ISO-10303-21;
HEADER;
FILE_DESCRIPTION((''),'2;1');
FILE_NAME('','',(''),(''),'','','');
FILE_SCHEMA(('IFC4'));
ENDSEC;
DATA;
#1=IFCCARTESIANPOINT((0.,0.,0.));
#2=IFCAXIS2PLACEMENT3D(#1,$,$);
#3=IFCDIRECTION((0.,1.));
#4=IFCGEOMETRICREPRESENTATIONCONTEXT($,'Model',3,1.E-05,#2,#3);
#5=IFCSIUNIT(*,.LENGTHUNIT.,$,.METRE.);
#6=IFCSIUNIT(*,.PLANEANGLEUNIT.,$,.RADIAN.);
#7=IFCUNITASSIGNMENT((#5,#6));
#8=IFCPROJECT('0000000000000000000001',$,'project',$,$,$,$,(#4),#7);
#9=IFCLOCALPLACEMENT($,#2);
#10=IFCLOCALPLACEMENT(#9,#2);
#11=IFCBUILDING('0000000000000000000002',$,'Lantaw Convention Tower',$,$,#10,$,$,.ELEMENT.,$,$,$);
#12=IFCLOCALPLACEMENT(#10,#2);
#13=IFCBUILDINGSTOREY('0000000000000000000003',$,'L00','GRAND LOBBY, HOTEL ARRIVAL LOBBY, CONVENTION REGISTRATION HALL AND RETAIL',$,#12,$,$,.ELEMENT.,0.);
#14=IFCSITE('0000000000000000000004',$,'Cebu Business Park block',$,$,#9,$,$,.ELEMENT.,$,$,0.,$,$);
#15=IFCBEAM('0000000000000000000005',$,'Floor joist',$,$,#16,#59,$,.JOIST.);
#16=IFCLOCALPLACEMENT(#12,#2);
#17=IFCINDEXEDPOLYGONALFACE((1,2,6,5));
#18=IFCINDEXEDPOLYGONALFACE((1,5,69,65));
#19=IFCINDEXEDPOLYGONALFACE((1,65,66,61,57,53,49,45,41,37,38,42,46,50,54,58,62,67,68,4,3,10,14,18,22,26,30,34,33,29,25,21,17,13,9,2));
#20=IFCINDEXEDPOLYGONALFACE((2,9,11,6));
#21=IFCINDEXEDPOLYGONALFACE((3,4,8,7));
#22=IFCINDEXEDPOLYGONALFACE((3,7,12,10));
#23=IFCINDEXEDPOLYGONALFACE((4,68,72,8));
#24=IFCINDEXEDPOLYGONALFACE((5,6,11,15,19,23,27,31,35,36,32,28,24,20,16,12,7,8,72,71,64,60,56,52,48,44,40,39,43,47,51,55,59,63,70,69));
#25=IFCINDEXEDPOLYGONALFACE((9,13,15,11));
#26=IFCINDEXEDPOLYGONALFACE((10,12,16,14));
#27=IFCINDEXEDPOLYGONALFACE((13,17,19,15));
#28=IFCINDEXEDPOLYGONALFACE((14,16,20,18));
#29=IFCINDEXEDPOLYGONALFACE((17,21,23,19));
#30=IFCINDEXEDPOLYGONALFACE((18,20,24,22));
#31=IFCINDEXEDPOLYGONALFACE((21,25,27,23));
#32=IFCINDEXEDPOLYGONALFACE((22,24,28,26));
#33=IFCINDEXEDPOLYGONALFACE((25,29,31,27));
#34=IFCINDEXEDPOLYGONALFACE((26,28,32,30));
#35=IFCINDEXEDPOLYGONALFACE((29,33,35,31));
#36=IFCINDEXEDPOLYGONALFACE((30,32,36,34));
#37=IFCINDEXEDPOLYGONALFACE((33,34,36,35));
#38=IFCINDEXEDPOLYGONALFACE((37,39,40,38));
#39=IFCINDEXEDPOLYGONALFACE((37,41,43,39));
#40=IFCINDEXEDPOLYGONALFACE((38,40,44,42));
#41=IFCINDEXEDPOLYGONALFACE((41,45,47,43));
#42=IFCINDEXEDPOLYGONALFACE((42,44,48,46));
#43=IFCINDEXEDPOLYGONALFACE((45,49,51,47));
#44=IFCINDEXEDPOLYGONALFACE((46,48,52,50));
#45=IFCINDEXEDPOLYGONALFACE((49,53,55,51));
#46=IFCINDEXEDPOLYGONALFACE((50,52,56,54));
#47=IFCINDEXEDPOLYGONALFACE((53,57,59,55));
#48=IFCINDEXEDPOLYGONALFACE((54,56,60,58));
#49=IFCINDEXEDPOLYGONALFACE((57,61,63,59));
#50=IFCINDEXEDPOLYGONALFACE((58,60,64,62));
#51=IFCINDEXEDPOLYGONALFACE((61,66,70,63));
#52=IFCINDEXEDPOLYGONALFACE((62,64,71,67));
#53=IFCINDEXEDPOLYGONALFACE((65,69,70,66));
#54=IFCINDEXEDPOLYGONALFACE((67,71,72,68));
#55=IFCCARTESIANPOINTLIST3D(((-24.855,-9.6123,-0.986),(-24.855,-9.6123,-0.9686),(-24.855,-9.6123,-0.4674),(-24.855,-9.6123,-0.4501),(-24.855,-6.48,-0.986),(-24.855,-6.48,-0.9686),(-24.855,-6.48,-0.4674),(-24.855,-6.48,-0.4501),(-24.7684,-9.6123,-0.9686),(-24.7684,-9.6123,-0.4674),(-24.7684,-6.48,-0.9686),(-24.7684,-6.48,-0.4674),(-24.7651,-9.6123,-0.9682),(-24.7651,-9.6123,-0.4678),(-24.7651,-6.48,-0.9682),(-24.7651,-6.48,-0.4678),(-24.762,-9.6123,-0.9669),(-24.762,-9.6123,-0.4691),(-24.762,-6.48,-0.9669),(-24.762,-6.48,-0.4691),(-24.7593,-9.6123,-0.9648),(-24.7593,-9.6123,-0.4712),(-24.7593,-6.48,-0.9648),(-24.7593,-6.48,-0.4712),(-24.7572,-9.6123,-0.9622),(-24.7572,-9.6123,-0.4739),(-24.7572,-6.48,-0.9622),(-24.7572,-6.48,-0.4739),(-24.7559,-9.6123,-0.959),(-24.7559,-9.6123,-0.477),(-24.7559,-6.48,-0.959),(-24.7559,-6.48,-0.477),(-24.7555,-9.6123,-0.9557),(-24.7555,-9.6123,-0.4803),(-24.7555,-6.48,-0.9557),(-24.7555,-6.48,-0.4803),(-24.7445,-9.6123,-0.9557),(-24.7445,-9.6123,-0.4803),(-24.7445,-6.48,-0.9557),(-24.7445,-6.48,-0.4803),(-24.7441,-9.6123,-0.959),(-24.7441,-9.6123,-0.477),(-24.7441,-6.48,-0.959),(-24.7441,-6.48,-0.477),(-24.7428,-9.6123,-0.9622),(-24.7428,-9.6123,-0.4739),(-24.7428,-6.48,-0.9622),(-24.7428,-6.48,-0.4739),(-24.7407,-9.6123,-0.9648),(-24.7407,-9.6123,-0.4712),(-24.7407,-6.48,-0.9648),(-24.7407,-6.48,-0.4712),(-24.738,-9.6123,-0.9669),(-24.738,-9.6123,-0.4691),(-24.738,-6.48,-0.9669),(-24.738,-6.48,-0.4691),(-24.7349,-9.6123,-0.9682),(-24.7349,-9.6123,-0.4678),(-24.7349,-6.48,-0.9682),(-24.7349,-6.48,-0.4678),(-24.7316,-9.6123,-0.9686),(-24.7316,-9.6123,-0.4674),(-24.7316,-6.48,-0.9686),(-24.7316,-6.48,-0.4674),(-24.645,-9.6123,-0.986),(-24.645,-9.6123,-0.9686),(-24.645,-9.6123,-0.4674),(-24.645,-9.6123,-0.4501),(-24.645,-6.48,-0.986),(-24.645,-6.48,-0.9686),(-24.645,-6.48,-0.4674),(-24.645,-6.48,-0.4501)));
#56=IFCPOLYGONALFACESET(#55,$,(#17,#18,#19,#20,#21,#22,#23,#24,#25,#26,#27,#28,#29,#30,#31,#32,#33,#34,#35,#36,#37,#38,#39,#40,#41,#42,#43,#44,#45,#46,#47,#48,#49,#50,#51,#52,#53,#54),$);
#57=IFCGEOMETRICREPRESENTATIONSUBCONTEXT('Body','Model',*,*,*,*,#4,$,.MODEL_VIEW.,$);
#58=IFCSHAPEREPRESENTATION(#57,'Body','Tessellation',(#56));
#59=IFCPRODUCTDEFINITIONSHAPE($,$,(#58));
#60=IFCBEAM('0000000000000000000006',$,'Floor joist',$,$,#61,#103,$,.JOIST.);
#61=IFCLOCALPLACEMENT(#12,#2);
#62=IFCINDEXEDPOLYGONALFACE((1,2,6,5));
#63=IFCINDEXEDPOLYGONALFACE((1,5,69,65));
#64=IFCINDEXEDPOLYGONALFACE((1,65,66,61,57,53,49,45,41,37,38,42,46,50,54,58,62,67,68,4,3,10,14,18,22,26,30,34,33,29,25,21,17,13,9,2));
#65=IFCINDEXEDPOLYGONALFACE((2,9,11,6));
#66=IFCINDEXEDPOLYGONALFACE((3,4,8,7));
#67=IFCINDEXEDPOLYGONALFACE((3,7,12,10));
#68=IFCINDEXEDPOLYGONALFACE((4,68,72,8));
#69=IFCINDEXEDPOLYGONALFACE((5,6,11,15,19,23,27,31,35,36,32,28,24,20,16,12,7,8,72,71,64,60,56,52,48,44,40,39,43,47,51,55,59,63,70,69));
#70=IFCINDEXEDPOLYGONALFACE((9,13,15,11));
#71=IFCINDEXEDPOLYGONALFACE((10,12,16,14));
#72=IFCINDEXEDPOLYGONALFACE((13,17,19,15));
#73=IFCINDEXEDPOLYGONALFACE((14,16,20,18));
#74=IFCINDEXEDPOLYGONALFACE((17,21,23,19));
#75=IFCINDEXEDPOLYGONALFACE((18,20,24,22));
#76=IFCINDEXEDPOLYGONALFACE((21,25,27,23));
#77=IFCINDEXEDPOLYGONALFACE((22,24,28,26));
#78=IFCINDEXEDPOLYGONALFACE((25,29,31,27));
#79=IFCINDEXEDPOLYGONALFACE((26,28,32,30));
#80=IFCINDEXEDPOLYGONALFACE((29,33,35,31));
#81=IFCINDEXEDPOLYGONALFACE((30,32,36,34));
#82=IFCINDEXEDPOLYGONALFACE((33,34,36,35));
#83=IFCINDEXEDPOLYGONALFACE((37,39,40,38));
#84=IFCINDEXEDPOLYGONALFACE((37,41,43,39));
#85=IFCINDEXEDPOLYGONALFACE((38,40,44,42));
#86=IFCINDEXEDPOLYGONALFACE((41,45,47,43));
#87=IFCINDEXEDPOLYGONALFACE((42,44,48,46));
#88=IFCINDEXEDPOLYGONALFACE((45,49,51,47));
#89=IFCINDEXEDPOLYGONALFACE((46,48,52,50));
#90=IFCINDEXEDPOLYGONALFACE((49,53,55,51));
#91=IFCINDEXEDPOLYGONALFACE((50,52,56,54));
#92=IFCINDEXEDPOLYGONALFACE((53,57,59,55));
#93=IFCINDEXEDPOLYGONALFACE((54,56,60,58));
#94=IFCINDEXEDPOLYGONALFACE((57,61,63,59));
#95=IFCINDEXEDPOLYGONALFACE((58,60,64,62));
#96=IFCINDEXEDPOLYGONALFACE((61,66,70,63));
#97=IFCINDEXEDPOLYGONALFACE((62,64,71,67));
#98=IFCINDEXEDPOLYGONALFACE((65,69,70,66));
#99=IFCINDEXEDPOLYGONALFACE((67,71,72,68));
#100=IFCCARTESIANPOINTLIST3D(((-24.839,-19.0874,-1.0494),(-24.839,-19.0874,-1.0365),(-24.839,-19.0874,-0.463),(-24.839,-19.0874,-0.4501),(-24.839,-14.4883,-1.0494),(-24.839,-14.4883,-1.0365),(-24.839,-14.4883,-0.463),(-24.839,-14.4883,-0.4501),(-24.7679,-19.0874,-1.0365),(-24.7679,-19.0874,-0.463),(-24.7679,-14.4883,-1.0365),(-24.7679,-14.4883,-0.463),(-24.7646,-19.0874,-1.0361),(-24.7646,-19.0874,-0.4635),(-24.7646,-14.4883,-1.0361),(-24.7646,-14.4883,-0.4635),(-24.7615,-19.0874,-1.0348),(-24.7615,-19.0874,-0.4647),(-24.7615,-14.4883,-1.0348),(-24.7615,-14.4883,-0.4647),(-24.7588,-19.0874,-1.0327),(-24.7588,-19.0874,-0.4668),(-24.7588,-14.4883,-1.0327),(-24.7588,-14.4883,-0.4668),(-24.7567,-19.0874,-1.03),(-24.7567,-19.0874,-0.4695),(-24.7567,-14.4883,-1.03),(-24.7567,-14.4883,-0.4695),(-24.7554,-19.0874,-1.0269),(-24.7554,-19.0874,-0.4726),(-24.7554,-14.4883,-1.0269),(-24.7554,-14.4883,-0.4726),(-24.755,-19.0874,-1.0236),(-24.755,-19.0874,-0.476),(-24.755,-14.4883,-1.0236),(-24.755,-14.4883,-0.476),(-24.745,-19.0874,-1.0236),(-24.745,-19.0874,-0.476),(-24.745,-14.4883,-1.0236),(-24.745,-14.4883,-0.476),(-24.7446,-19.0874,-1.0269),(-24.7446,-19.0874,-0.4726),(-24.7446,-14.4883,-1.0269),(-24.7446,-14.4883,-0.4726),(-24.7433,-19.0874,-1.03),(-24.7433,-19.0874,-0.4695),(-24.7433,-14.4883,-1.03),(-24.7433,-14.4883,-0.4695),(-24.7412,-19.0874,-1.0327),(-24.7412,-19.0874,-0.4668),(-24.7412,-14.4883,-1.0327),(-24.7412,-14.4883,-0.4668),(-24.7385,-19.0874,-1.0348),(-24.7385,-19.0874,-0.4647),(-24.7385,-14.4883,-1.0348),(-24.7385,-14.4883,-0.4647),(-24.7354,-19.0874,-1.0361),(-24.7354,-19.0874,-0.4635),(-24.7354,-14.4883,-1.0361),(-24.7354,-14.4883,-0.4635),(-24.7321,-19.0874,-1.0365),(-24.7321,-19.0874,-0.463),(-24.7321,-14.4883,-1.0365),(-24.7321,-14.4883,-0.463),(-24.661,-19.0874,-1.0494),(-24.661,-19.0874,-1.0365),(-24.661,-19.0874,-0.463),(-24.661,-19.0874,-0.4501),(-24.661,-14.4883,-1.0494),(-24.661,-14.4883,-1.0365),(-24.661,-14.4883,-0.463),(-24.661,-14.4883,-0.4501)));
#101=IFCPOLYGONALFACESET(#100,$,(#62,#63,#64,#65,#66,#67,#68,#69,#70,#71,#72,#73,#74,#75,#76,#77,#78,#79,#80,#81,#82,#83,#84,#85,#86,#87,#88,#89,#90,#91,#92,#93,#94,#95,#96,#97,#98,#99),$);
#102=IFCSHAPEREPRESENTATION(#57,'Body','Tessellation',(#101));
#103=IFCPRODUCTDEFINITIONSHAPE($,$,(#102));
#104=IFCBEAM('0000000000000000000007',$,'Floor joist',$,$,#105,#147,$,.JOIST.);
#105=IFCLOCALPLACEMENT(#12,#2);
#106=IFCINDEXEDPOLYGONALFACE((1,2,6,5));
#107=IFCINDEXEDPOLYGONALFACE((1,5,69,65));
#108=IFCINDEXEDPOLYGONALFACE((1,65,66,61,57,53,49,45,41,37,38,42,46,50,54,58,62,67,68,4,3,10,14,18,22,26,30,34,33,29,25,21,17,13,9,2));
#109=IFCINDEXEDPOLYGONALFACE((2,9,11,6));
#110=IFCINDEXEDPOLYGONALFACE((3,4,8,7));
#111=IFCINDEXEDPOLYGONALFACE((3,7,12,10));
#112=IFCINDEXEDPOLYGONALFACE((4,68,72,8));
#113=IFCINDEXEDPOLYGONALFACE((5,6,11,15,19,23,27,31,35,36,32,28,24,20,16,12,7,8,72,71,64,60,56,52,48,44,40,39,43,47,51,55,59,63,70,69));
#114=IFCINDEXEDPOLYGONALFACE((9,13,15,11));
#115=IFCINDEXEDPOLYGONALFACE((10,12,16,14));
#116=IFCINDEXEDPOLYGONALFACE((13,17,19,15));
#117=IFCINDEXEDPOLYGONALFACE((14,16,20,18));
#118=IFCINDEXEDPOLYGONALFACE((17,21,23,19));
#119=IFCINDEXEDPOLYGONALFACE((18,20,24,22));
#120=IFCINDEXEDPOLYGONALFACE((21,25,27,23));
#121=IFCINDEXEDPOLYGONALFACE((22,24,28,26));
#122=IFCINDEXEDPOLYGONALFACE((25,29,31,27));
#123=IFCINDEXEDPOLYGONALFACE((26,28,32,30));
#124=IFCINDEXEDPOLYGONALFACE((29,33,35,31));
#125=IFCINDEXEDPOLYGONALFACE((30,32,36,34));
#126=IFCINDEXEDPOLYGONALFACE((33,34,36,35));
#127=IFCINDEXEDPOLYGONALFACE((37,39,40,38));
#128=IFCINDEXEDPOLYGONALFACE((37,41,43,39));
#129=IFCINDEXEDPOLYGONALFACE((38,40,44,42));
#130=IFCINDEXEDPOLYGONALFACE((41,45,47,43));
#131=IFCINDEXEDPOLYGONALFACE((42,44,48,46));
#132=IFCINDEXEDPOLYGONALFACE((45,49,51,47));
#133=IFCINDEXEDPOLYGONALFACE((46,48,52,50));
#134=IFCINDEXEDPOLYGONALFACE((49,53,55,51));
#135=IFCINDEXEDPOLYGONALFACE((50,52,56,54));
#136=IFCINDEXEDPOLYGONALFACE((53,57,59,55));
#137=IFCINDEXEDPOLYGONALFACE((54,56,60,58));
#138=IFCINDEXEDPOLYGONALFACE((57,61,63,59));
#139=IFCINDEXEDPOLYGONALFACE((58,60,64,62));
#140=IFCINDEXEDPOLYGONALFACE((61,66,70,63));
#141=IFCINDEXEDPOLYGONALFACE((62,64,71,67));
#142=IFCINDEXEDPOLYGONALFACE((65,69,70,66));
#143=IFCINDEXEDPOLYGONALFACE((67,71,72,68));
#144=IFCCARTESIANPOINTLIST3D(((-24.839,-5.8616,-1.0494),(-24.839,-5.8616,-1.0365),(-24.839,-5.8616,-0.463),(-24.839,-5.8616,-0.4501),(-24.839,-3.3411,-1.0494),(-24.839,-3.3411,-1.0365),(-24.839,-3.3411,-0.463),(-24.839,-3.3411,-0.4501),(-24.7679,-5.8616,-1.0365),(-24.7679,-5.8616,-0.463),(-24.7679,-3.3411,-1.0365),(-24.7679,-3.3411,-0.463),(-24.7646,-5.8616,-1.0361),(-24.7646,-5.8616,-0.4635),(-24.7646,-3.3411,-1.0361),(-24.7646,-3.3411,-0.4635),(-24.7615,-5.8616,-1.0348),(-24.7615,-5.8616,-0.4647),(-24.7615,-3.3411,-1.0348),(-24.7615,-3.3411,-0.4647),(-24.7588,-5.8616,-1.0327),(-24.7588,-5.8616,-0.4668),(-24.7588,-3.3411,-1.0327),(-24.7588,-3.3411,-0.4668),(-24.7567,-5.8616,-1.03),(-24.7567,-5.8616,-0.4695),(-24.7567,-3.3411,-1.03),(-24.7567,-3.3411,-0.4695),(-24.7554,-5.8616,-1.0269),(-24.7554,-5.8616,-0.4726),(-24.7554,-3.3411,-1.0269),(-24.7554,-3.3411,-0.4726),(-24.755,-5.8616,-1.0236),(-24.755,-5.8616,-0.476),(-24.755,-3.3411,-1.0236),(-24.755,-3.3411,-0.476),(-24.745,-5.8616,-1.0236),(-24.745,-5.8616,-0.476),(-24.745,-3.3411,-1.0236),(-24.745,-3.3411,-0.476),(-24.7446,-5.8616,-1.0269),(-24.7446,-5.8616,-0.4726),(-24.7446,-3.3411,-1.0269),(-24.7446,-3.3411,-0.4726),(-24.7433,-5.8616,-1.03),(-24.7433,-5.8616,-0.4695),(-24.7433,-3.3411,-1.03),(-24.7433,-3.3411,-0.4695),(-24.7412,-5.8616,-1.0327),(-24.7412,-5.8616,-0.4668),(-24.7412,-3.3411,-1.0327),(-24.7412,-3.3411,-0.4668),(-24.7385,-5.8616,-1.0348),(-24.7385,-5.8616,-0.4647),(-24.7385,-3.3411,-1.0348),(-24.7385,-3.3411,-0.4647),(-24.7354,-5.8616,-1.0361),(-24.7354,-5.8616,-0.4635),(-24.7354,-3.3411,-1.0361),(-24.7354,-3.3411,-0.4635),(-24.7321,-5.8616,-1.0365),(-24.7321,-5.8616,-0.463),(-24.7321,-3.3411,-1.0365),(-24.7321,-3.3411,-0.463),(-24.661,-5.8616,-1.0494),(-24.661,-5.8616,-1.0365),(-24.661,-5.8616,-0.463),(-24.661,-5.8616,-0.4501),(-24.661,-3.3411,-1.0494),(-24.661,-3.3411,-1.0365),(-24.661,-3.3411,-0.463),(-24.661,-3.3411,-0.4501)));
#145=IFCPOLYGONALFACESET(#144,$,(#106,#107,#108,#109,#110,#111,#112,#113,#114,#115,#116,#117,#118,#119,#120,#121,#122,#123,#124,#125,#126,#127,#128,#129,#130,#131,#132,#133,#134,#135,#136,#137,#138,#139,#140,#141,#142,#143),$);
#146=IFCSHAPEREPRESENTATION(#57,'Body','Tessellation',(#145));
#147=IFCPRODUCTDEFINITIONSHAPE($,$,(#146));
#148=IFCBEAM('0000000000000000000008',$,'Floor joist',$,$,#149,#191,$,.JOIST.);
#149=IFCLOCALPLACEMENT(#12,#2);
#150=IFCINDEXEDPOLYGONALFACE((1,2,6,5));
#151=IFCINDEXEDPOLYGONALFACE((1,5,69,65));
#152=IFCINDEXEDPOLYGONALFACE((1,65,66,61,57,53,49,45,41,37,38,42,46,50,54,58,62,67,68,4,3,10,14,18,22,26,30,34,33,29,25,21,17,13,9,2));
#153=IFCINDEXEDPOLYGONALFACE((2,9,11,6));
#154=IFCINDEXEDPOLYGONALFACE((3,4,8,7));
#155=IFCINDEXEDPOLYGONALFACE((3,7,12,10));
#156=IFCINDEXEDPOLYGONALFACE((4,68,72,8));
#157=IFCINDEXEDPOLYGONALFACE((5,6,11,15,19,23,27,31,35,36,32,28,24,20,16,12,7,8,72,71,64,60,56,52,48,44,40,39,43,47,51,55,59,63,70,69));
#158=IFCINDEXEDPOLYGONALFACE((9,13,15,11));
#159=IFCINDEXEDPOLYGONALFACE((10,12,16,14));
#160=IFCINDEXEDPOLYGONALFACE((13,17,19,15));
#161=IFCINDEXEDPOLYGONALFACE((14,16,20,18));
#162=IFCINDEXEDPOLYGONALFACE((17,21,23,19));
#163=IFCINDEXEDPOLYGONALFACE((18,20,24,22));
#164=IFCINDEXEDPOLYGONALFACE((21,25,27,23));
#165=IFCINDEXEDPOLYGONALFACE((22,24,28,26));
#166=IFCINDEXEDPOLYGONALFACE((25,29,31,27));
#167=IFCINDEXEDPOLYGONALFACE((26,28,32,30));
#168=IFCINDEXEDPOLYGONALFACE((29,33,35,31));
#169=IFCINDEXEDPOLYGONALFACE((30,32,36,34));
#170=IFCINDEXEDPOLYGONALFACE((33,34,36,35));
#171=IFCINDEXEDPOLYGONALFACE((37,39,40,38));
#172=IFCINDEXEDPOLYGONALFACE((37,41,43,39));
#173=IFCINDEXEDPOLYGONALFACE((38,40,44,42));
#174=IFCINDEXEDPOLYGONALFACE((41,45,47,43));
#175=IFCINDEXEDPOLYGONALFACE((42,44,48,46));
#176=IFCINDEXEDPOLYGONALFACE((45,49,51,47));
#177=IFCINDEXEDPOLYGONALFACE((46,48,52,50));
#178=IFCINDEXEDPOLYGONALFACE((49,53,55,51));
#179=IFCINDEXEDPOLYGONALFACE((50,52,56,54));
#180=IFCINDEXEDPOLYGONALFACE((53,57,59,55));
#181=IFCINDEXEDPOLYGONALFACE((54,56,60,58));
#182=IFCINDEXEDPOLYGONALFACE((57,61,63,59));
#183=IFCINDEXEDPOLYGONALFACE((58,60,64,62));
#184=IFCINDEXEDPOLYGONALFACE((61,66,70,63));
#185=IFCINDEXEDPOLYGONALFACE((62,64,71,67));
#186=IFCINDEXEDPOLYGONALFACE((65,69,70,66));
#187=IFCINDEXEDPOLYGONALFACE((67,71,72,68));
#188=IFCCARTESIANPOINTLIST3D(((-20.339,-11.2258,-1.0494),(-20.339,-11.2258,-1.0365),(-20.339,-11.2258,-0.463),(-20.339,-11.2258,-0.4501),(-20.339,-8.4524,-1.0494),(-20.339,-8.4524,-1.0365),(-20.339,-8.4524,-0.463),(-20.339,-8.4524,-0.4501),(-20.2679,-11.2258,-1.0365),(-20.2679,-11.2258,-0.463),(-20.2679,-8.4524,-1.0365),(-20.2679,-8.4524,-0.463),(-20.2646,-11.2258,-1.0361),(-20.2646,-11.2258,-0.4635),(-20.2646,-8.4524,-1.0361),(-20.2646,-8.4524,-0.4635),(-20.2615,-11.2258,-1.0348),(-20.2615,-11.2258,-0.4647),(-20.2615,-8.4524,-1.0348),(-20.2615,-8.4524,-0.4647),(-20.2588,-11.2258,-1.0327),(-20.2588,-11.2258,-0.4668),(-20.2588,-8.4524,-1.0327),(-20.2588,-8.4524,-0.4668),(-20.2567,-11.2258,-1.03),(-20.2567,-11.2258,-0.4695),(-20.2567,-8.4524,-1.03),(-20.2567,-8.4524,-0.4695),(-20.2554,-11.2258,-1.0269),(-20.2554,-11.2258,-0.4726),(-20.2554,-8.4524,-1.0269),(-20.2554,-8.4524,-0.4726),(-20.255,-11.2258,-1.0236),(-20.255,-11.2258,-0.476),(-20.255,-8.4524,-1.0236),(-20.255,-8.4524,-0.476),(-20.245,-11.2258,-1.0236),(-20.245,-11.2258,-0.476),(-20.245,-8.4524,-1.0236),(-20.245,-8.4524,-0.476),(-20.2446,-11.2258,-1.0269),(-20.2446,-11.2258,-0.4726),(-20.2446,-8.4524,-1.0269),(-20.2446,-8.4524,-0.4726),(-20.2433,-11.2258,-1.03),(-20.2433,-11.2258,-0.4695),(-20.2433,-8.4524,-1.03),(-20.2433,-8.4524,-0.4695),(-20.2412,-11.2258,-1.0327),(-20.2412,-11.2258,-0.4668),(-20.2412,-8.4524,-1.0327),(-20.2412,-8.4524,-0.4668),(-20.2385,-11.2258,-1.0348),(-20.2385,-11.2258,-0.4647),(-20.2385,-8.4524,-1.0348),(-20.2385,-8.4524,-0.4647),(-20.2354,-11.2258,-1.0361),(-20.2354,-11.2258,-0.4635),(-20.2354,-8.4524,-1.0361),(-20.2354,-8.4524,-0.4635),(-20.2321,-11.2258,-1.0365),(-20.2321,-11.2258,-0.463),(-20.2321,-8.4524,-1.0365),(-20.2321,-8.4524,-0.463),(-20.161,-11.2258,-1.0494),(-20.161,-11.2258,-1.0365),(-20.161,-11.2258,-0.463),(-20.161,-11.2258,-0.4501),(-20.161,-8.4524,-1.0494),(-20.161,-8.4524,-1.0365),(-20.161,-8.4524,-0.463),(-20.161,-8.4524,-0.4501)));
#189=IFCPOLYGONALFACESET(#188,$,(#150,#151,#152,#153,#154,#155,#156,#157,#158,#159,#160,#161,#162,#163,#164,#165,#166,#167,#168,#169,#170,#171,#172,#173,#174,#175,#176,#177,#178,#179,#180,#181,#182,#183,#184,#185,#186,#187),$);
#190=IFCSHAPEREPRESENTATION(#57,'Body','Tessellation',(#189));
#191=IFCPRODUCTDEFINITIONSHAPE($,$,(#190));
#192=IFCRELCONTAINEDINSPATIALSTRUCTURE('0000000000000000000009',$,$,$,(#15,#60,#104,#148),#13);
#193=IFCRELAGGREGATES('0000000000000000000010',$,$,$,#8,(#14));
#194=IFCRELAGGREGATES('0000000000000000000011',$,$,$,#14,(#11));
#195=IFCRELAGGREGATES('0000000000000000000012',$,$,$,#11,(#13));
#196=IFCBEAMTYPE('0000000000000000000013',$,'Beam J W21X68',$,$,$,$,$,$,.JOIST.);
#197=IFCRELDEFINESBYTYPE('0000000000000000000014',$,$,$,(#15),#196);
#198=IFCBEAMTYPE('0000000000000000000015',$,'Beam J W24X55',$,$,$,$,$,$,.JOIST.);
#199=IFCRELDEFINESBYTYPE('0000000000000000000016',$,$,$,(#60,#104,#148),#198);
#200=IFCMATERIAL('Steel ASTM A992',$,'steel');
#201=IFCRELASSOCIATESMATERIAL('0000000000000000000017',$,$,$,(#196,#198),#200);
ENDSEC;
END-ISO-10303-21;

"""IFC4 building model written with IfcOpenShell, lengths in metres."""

from ifc_helpers import new_model, si_unit, direction, frame, origin, origin_2d, place, context, subcontext, project, spatial, i_section, extrude, material, material_profile, profile_set, type_object, element, save


model = new_model("IFC4")

# Units and contexts
model_context = context("Model", 3, precision=1e-05, world=origin(), true_north=direction((0.0, 1.0)))
body_context = subcontext(model_context, "Body", "Model", "MODEL_VIEW")
ifc_project = project(units=[si_unit("LENGTHUNIT", "METRE"), si_unit("PLANEANGLEUNIT", "RADIAN")], contexts=[model_context])

# Site, building, storey
site_placement = place(None, origin())
site = spatial("IfcSite", under=ifc_project, at=site_placement, Name="Cebu Business Park block", CompositionType="ELEMENT", RefElevation=0.0)
building_placement = place(site_placement, origin())
building = spatial("IfcBuilding", under=site, at=building_placement, Name="Lantaw Convention Tower", CompositionType="ELEMENT")
storey_placement = place(building_placement, origin())
storey = spatial("IfcBuildingStorey", under=building, at=storey_placement, Name="L00", Description="GRAND LOBBY, HOTEL ARRIVAL LOBBY, CONVENTION REGISTRATION HALL AND RETAIL", CompositionType="ELEMENT", Elevation=0.0)

# Beams
ifc_material_1 = material(Name="Steel ASTM A992", Category="steel")
ifc_material_profile_1 = material_profile(ifc_material_1, i_section(OverallWidth=0.21, OverallDepth=0.5359, WebThickness=0.011, FlangeThickness=0.0173, FilletRadius=0.0129, at=origin_2d()), Name="W21X68")
ifc_profile_set_1 = profile_set([ifc_material_profile_1], Name="Steel ASTM A992")
beam_type_1 = type_object("IfcBeamType", Name="Beam J W21X68", PredefinedType="JOIST", material=ifc_profile_set_1)
beam_1_placement = place(storey_placement, frame((-24.75, -9.6123, -0.718), z_axis=(0.0, 1.0, 0.0), x_axis=(-1.0, 0.0, 0.0)))
element("IfcBeam", 1, at=beam_1_placement, inside=storey, type_object=beam_type_1, Name="Floor joist", PredefinedType="JOIST", context=body_context, shape_type="SweptSolid", body=[
    extrude(i_section(OverallWidth=0.21, OverallDepth=0.5359, WebThickness=0.011, FlangeThickness=0.0173, FilletRadius=0.0129, at=origin_2d()), origin(), (0.0, 0.0, 1.0), 3.1323),
])
ifc_material_profile_2 = material_profile(ifc_material_1, i_section(OverallWidth=0.178, OverallDepth=0.5994, WebThickness=0.01, FlangeThickness=0.0129, FilletRadius=0.0129, at=origin_2d()), Name="W24X55")
ifc_profile_set_2 = profile_set([ifc_material_profile_2], Name="Steel ASTM A992")
beam_type_2 = type_object("IfcBeamType", Name="Beam J W24X55", PredefinedType="JOIST", material=ifc_profile_set_2)
beam_2_placement = place(storey_placement, frame((-24.75, -19.0874, -0.7498), z_axis=(0.0, 1.0, 0.0), x_axis=(-1.0, 0.0, 0.0)))
element("IfcBeam", 2, at=beam_2_placement, inside=storey, type_object=beam_type_2, Name="Floor joist", PredefinedType="JOIST", context=body_context, shape_type="SweptSolid", body=[
    extrude(i_section(OverallWidth=0.178, OverallDepth=0.5994, WebThickness=0.01, FlangeThickness=0.0129, FilletRadius=0.0129, at=origin_2d()), origin(), (0.0, 0.0, 1.0), 4.5991),
])
beam_3_placement = place(storey_placement, frame((-24.75, -5.8616, -0.7498), z_axis=(0.0, 1.0, 0.0), x_axis=(-1.0, 0.0, 0.0)))
element("IfcBeam", 3, at=beam_3_placement, inside=storey, type_object=beam_type_2, Name="Floor joist", PredefinedType="JOIST", context=body_context, shape_type="SweptSolid", body=[
    extrude(i_section(OverallWidth=0.178, OverallDepth=0.5994, WebThickness=0.01, FlangeThickness=0.0129, FilletRadius=0.0129, at=origin_2d()), origin(), (0.0, 0.0, 1.0), 2.5205),
])
beam_4_placement = place(storey_placement, frame((-20.25, -11.2258, -0.7498), z_axis=(0.0, 1.0, 0.0), x_axis=(-1.0, 0.0, 0.0)))
element("IfcBeam", 4, at=beam_4_placement, inside=storey, type_object=beam_type_2, Name="Floor joist", PredefinedType="JOIST", context=body_context, shape_type="SweptSolid", body=[
    extrude(i_section(OverallWidth=0.178, OverallDepth=0.5994, WebThickness=0.01, FlangeThickness=0.0129, FilletRadius=0.0129, at=origin_2d()), origin(), (0.0, 0.0, 1.0), 2.7734),
])

save(model, "model.ifc")
